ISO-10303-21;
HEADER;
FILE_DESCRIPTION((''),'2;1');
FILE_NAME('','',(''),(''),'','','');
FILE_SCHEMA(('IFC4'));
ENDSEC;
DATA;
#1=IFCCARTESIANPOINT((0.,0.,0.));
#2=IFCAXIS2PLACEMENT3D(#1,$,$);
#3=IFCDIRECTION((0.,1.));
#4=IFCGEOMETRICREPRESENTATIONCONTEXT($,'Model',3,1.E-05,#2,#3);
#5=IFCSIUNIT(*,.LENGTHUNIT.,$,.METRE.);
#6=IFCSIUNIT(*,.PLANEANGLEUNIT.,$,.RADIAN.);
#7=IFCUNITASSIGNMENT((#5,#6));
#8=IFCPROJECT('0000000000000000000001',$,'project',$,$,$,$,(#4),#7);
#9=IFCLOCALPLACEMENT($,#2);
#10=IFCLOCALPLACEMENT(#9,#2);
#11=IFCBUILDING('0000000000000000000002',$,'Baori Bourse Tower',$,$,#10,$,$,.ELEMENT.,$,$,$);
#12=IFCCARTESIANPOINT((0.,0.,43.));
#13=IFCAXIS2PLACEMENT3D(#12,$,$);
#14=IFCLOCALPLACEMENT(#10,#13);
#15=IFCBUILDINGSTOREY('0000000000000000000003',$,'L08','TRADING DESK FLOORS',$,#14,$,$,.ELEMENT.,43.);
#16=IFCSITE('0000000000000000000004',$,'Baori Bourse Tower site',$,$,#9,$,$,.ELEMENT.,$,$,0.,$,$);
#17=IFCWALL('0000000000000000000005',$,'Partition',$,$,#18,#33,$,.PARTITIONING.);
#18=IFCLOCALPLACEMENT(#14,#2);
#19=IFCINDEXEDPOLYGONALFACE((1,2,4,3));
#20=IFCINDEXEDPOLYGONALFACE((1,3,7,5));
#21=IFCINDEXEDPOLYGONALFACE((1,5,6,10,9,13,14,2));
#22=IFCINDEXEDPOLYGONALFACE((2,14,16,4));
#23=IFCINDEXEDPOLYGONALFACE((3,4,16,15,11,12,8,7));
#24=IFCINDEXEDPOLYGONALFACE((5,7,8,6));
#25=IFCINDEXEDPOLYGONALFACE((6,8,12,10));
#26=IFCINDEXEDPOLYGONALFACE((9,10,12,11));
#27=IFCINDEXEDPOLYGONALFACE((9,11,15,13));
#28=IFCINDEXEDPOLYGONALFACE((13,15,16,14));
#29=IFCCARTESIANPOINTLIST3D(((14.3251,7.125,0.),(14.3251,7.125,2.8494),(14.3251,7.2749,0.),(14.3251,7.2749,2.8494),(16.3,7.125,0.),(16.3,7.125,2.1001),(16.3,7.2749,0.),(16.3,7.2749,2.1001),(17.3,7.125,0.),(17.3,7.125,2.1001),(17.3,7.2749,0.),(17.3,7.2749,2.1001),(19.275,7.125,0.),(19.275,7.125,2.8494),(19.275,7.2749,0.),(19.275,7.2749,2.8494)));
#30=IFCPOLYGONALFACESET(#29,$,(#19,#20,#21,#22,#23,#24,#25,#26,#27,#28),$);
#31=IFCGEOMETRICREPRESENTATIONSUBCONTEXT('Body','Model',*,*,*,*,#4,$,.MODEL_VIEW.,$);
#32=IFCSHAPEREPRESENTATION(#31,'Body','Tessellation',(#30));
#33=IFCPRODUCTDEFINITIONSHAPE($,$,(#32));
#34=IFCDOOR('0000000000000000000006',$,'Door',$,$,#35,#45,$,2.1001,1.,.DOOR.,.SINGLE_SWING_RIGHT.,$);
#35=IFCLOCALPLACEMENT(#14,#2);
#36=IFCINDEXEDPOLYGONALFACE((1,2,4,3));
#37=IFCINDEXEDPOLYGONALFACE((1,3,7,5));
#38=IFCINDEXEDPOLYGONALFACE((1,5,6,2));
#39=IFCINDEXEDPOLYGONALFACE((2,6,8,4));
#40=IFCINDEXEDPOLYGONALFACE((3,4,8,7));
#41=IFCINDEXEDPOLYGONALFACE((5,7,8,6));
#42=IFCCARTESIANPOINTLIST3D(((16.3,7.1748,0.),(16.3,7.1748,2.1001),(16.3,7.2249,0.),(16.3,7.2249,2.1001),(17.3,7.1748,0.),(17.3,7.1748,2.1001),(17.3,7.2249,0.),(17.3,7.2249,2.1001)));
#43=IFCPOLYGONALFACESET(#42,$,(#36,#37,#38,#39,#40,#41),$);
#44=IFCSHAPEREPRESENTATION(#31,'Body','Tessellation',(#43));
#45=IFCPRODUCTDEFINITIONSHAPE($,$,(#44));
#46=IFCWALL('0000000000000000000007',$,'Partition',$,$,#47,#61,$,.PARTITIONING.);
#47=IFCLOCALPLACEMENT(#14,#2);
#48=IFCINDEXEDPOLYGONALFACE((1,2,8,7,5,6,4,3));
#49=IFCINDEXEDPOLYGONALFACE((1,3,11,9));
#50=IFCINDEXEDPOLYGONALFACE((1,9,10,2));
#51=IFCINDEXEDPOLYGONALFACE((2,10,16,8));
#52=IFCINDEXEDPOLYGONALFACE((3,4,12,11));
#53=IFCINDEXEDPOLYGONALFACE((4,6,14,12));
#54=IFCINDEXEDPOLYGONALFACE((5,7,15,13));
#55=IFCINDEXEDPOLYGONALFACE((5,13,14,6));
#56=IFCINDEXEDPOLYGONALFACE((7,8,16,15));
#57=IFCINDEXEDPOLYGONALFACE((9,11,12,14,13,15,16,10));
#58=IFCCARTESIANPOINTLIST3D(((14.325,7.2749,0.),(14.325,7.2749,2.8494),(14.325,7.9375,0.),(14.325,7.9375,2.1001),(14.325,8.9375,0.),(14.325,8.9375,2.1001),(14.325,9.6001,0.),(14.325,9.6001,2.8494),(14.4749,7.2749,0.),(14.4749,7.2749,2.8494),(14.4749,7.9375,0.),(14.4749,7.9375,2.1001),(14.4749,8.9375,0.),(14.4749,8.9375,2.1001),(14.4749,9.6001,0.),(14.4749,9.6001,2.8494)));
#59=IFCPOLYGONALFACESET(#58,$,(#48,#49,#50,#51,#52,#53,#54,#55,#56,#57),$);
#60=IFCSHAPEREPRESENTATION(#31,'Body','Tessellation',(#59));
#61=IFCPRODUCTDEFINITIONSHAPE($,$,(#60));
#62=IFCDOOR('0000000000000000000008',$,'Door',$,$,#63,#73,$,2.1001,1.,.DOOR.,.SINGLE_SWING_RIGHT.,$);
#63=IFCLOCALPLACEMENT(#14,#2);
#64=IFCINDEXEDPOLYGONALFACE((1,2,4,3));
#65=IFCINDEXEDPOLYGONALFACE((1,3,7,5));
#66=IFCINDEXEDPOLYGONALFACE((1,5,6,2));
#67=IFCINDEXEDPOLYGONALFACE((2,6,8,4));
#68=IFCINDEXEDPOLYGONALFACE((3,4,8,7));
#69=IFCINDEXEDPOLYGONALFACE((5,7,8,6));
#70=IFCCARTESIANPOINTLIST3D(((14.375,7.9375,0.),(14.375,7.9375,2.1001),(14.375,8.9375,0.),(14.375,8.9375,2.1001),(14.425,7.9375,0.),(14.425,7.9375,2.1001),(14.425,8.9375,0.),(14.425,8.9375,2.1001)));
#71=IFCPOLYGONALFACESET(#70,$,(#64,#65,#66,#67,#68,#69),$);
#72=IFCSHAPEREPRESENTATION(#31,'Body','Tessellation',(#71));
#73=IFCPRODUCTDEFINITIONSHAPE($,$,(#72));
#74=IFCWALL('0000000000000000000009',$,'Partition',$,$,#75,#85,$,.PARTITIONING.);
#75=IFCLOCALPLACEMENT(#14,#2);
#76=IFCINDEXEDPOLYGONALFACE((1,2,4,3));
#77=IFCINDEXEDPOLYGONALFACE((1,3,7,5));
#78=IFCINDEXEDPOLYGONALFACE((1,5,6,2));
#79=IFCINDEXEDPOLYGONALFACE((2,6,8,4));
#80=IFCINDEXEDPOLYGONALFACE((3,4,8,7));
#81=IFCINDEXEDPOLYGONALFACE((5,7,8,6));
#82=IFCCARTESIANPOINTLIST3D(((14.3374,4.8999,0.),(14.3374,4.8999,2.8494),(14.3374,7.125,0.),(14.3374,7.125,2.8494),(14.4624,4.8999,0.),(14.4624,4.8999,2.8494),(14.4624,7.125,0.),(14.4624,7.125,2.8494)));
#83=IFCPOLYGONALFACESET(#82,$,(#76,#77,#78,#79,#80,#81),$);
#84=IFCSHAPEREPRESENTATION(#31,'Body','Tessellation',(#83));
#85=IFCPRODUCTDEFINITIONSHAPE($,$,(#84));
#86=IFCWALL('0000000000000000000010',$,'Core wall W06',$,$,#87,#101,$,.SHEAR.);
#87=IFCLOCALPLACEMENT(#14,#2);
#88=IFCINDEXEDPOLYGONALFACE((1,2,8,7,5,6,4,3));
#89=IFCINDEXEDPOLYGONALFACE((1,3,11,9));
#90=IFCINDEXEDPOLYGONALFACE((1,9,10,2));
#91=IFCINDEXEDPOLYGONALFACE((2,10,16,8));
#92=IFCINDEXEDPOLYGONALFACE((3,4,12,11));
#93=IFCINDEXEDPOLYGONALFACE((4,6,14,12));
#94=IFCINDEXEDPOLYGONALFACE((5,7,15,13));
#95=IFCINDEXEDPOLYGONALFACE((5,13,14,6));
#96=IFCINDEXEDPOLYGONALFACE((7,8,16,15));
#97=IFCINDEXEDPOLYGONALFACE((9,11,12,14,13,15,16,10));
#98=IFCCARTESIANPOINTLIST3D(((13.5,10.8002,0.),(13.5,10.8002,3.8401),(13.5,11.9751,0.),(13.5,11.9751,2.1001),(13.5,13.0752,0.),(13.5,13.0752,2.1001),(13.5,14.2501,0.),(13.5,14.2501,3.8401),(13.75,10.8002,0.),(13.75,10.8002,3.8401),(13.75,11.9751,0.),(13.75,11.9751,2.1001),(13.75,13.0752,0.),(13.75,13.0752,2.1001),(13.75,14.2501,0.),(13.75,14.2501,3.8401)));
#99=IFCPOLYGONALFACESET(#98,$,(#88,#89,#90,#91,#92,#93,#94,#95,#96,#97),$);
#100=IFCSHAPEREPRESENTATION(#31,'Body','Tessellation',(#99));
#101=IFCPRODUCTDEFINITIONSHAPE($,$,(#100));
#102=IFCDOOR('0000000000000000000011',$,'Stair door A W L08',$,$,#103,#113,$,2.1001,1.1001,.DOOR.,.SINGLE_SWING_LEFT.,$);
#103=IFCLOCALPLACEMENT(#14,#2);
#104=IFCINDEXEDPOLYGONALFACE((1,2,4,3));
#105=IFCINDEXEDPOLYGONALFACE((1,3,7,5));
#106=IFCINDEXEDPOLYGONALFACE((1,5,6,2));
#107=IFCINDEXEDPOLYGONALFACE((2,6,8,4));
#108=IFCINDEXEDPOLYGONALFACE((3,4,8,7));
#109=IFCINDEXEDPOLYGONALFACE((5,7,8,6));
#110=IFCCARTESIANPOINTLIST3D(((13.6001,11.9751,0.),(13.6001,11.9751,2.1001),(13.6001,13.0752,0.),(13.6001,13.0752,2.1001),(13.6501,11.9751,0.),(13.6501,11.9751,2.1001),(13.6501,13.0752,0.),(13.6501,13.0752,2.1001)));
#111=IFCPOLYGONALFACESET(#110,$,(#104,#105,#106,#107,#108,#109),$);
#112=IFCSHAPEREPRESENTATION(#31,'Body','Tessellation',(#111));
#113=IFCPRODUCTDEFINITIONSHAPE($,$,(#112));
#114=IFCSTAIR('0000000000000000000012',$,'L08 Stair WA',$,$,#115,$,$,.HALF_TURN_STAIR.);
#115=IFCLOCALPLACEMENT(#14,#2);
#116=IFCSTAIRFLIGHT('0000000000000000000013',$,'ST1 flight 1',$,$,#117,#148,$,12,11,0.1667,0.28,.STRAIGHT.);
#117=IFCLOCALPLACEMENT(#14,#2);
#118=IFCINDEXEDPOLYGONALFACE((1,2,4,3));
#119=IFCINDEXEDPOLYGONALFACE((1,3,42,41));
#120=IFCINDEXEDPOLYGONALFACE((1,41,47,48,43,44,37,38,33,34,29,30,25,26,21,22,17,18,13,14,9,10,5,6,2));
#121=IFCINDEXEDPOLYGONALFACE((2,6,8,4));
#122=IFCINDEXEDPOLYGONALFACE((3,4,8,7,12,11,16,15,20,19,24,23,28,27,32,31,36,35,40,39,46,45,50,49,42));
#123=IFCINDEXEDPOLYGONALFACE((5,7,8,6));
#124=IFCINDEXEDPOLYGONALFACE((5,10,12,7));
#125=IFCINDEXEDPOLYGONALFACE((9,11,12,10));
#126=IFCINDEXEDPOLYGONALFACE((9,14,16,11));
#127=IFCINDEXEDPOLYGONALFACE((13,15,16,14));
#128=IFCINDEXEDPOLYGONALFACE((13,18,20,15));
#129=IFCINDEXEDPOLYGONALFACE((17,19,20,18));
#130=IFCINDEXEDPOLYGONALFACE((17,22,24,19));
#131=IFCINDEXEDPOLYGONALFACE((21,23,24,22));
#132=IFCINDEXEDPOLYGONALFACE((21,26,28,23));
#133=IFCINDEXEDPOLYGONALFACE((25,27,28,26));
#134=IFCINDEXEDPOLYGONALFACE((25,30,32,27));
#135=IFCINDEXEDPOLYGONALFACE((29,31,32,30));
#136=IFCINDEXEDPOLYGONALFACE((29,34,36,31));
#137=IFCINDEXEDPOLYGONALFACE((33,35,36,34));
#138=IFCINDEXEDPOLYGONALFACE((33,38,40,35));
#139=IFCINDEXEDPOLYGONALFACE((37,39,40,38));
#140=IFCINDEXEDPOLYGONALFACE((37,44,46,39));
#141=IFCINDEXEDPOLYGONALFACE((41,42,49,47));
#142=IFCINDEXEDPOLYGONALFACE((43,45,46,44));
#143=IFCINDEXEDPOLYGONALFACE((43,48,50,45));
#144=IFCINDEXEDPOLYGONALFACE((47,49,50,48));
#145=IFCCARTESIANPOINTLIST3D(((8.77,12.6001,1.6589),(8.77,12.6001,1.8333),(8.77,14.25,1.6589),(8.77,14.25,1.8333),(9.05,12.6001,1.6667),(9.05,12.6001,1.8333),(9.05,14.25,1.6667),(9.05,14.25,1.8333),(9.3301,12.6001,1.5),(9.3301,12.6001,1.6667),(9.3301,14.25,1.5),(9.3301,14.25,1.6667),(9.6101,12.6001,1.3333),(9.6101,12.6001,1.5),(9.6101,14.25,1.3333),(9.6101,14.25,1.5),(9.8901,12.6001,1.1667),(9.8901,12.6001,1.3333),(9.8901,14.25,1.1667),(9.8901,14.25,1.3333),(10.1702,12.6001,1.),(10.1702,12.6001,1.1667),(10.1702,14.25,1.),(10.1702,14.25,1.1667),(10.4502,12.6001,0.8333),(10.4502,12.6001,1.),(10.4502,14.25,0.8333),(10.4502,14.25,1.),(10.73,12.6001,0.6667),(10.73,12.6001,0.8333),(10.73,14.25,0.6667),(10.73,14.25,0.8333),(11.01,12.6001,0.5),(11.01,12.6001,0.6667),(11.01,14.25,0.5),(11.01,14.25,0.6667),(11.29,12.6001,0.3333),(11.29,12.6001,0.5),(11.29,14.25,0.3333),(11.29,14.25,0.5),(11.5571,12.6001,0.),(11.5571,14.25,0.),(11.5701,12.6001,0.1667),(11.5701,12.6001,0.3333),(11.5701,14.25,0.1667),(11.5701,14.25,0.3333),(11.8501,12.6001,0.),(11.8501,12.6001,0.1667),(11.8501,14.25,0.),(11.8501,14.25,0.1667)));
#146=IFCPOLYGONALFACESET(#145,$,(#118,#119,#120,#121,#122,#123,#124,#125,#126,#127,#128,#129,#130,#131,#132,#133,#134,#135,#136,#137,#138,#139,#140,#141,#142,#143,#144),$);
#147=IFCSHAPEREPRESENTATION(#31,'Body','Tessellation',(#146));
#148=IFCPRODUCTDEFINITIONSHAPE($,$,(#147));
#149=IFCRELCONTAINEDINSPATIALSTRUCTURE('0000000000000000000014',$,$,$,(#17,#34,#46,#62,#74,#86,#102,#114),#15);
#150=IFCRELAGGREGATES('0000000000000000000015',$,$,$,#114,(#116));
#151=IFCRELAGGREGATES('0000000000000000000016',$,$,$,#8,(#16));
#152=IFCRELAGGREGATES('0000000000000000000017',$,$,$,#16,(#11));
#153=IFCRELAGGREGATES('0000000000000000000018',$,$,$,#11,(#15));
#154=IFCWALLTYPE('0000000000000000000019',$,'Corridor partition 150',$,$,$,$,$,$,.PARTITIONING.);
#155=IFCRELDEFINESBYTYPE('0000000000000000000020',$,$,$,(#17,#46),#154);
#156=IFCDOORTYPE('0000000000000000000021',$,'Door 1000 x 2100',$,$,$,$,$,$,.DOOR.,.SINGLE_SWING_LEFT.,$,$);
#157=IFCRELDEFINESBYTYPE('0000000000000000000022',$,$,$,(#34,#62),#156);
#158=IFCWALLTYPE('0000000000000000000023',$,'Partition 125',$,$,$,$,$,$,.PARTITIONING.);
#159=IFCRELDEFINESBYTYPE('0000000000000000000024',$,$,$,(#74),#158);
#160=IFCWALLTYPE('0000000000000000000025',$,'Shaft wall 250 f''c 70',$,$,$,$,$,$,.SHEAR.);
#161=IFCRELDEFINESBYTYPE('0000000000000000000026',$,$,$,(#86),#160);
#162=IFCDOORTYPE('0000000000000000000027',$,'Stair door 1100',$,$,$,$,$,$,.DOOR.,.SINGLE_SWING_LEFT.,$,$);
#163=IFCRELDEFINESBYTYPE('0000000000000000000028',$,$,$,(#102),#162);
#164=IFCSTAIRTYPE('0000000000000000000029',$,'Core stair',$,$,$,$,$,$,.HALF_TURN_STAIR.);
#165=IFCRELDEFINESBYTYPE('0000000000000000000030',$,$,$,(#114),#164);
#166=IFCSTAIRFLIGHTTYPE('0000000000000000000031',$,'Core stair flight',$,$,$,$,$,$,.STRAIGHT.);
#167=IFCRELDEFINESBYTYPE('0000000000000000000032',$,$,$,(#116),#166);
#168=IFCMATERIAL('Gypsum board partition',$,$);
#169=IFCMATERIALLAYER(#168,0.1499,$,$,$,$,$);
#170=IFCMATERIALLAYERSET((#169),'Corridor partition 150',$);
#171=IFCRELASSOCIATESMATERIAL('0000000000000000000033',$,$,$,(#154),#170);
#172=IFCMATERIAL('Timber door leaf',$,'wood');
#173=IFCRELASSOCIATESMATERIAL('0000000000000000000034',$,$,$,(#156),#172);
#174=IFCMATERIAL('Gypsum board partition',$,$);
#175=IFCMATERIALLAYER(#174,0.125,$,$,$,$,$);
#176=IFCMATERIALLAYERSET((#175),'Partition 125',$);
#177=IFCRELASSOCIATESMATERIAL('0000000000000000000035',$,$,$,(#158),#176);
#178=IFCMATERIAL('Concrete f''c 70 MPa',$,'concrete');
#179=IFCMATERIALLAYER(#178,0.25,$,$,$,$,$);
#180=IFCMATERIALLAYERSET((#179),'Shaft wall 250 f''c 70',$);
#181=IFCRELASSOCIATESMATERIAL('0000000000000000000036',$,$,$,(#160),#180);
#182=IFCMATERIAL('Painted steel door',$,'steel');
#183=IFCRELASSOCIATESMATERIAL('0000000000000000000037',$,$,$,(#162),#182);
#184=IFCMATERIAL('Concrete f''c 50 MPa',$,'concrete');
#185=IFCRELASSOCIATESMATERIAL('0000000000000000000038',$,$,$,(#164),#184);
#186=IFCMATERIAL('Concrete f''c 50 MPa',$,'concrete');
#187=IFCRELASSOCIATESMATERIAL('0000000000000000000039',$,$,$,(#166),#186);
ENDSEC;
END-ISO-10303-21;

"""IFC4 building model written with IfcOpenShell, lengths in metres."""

from ifc_helpers import new_model, si_unit, direction, frame, frame_2d, origin, place, context, subcontext, project, spatial, polyline, rectangle, outline, extrude, material, layer, layer_set, type_object, element, fill, aggregate, save


model = new_model("IFC4")

# Units and contexts
model_context = context("Model", 3, precision=1e-05, world=origin(), true_north=direction((0.0, 1.0)))
body_context = subcontext(model_context, "Body", "Model", "MODEL_VIEW")
ifc_project = project(units=[si_unit("LENGTHUNIT", "METRE"), si_unit("PLANEANGLEUNIT", "RADIAN")], contexts=[model_context])

# Site, building, storey
site_placement = place(None, origin())
site = spatial("IfcSite", under=ifc_project, at=site_placement, Name="Baori Bourse Tower site", CompositionType="ELEMENT", RefElevation=0.0)
building_placement = place(site_placement, origin())
building = spatial("IfcBuilding", under=site, at=building_placement, Name="Baori Bourse Tower", CompositionType="ELEMENT")
storey_placement = place(building_placement, frame((0.0, 0.0, 43.0)))
storey = spatial("IfcBuildingStorey", under=building, at=storey_placement, Name="L08", Description="TRADING DESK FLOORS", CompositionType="ELEMENT", Elevation=43.0)

# Walls, openings, doors
ifc_material_1 = material(Name="Gypsum board partition")
ifc_layer_1 = layer(ifc_material_1, 0.1499)
ifc_layer_set_1 = layer_set([ifc_layer_1], Name="Corridor partition 150")
wall_type_1 = type_object("IfcWallType", Name="Corridor partition 150", PredefinedType="PARTITIONING", material=ifc_layer_set_1)
wall_1_placement = place(storey_placement, frame((14.325, 7.2, 0.0), z_axis=(0.0, 0.0, 1.0), x_axis=(1.0, 0.0, 0.0)))
wall_1 = element("IfcWall", 1, at=wall_1_placement, inside=storey, type_object=wall_type_1, Name="Partition", PredefinedType="PARTITIONING", context=body_context, shape_type="SweptSolid", body=[
    extrude(rectangle(XDim=4.95, YDim=0.1499, at=frame_2d((2.4751, 0.0))), origin(), (0.0, 0.0, 1.0), 2.8494),
])
opening_1_placement = place(wall_1_placement, frame((1.9751, 0.0, 0.0)))
opening_1 = element("IfcOpeningElement", 2, at=opening_1_placement, cuts=wall_1, PredefinedType="OPENING", context=body_context, shape_type="SweptSolid", body=[
    extrude(rectangle(XDim=1.0, YDim=2.1001, at=frame_2d((0.5, 1.05))), frame((0.0, 0.085, 0.0), z_axis=(0.0, -1.0, 0.0), x_axis=(1.0, 0.0, 0.0)), (0.0, 0.0, 1.0), 0.1699),
])
ifc_material_2 = material(Name="Timber door leaf", Category="wood")
door_type_1 = type_object("IfcDoorType", Name="Door 1000 x 2100", OperationType="SINGLE_SWING_LEFT", PredefinedType="DOOR", material=ifc_material_2)
door_1_placement = place(opening_1_placement, origin())
door_1 = element("IfcDoor", 3, at=door_1_placement, inside=storey, type_object=door_type_1, Name="Door", OperationType="SINGLE_SWING_RIGHT", OverallHeight=2.1001, OverallWidth=1.0, PredefinedType="DOOR", context=body_context, shape_type="SweptSolid", body=[
    extrude(rectangle(XDim=1.0, YDim=2.1001, at=frame_2d((0.5, 1.05))), frame((0.0, 0.0249, 0.0), z_axis=(0.0, -1.0, 0.0), x_axis=(1.0, 0.0, 0.0)), (0.0, 0.0, 1.0), 0.05),
])
fill(opening_1, door_1)
wall_2_placement = place(storey_placement, frame((14.3999, 7.2749, 0.0), z_axis=(0.0, 0.0, 1.0), x_axis=(0.0, 1.0, 0.0)))
wall_2 = element("IfcWall", 4, at=wall_2_placement, inside=storey, type_object=wall_type_1, Name="Partition", PredefinedType="PARTITIONING", context=body_context, shape_type="SweptSolid", body=[
    extrude(rectangle(XDim=2.3252, YDim=0.1499, at=frame_2d((1.1626, 0.0))), origin(), (0.0, 0.0, 1.0), 2.8494),
])
opening_2_placement = place(wall_2_placement, frame((0.6626, 0.0, 0.0)))
opening_2 = element("IfcOpeningElement", 5, at=opening_2_placement, cuts=wall_2, PredefinedType="OPENING", context=body_context, shape_type="SweptSolid", body=[
    extrude(rectangle(XDim=1.0, YDim=2.1001, at=frame_2d((0.5, 1.05))), frame((0.0, 0.085, 0.0), z_axis=(0.0, -1.0, 0.0), x_axis=(1.0, 0.0, 0.0)), (0.0, 0.0, 1.0), 0.1699),
])
door_2_placement = place(opening_2_placement, origin())
door_2 = element("IfcDoor", 6, at=door_2_placement, inside=storey, type_object=door_type_1, Name="Door", OperationType="SINGLE_SWING_RIGHT", OverallHeight=2.1001, OverallWidth=1.0, PredefinedType="DOOR", context=body_context, shape_type="SweptSolid", body=[
    extrude(rectangle(XDim=1.0, YDim=2.1001, at=frame_2d((0.5, 1.05))), frame((0.0, 0.0249, 0.0), z_axis=(0.0, -1.0, 0.0), x_axis=(1.0, 0.0, 0.0)), (0.0, 0.0, 1.0), 0.05),
])
fill(opening_2, door_2)

# Wall
ifc_material_3 = material(Name="Gypsum board partition")
ifc_layer_2 = layer(ifc_material_3, 0.125)
ifc_layer_set_2 = layer_set([ifc_layer_2], Name="Partition 125")
wall_type_2 = type_object("IfcWallType", Name="Partition 125", PredefinedType="PARTITIONING", material=ifc_layer_set_2)
wall_3_placement = place(storey_placement, frame((14.3999, 4.8999, 0.0), z_axis=(0.0, 0.0, 1.0), x_axis=(0.0, 1.0, 0.0)))
element("IfcWall", 7, at=wall_3_placement, inside=storey, type_object=wall_type_2, Name="Partition", PredefinedType="PARTITIONING", context=body_context, shape_type="SweptSolid", body=[
    extrude(rectangle(XDim=2.2251, YDim=0.125, at=frame_2d((1.1125, 0.0))), origin(), (0.0, 0.0, 1.0), 2.8494),
])

# Wall, opening, door
ifc_material_4 = material(Name="Concrete f'c 70 MPa", Category="concrete")
ifc_layer_3 = layer(ifc_material_4, 0.25)
ifc_layer_set_3 = layer_set([ifc_layer_3], Name="Shaft wall 250 f'c 70")
wall_type_3 = type_object("IfcWallType", Name="Shaft wall 250 f'c 70", PredefinedType="SHEAR", material=ifc_layer_set_3)
wall_4_placement = place(storey_placement, frame((13.625, 10.8, 0.0), z_axis=(0.0, 0.0, 1.0), x_axis=(0.0, 1.0, 0.0)))
wall_4 = element("IfcWall", 8, at=wall_4_placement, inside=storey, type_object=wall_type_3, Name="Core wall W06", PredefinedType="SHEAR", context=body_context, shape_type="SweptSolid", body=[
    extrude(rectangle(XDim=3.45, YDim=0.25, at=frame_2d((1.7251, 0.0))), origin(), (0.0, 0.0, 1.0), 3.8401),
])
opening_3_placement = place(wall_4_placement, frame((1.175, 0.0, 0.0)))
opening_3 = element("IfcOpeningElement", 9, at=opening_3_placement, cuts=wall_4, PredefinedType="OPENING", context=body_context, shape_type="SweptSolid", body=[
    extrude(rectangle(XDim=1.1001, YDim=2.1001, at=frame_2d((0.55, 1.05))), frame((0.0, 0.135, 0.0), z_axis=(0.0, -1.0, 0.0), x_axis=(1.0, 0.0, 0.0)), (0.0, 0.0, 1.0), 0.27),
])
ifc_material_5 = material(Name="Painted steel door", Category="steel")
door_type_2 = type_object("IfcDoorType", Name="Stair door 1100", OperationType="SINGLE_SWING_LEFT", PredefinedType="DOOR", material=ifc_material_5)
door_3_placement = place(opening_3_placement, origin())
door_3 = element("IfcDoor", 10, at=door_3_placement, inside=storey, type_object=door_type_2, Name="Stair door A W L08", OperationType="SINGLE_SWING_LEFT", OverallHeight=2.1001, OverallWidth=1.1001, PredefinedType="DOOR", context=body_context, shape_type="SweptSolid", body=[
    extrude(rectangle(XDim=1.1001, YDim=2.1001, at=frame_2d((0.55, 1.05))), frame((0.0, 0.0249, 0.0), z_axis=(0.0, -1.0, 0.0), x_axis=(1.0, 0.0, 0.0)), (0.0, 0.0, 1.0), 0.05),
])
fill(opening_3, door_3)

# Stair, stair flight
ifc_material_6 = material(Name="Concrete f'c 50 MPa", Category="concrete")
stair_type = type_object("IfcStairType", Name="Core stair", PredefinedType="HALF_TURN_STAIR", material=ifc_material_6)
stair_placement = place(storey_placement, origin())
stair = element("IfcStair", 11, at=stair_placement, inside=storey, type_object=stair_type, Name="L08 Stair WA", PredefinedType="HALF_TURN_STAIR")
ifc_material_7 = material(Name="Concrete f'c 50 MPa", Category="concrete")
stair_flight_type = type_object("IfcStairFlightType", Name="Core stair flight", PredefinedType="STRAIGHT", material=ifc_material_7)
stair_flight_1_placement = place(storey_placement, frame((11.8501, 13.425, 0.0), z_axis=(0.0, 0.0, 1.0), x_axis=(-1.0, 0.0, 0.0)))
stair_flight_1 = element("IfcStairFlight", 12, at=stair_flight_1_placement, type_object=stair_flight_type, Name="ST1 flight 1", NumberOfRisers=12, NumberOfTreads=11, PredefinedType="STRAIGHT", RiserHeight=0.1667, TreadLength=0.28, context=body_context, shape_type="SweptSolid", body=[
    extrude(outline(polyline([(0.0, 0.0), (0.0, 0.1667), (0.28, 0.1667), (0.28, 0.3333), (0.5601, 0.3333), (0.5601, 0.5), (0.8401, 0.5), (0.8401, 0.6667), (1.1201, 0.6667), (1.1201, 0.8333), (1.3999, 0.8333), (1.3999, 1.0), (1.6799, 1.0), (1.6799, 1.1667), (1.96, 1.1667), (1.96, 1.3333), (2.24, 1.3333), (2.24, 1.5), (2.52, 1.5), (2.52, 1.6667), (2.8, 1.6667), (2.8, 1.8333), (3.0801, 1.8333), (3.0801, 2.0), (3.0801, 1.6589), (0.293, 0.0), (0.0, 0.0)])), frame((0.0, 0.825, 0.0), z_axis=(0.0, -1.0, 0.0), x_axis=(1.0, 0.0, 0.0)), (0.0, 0.0, 1.0), 1.6499),
])
aggregate(stair, [stair_flight_1])

save(model, "model.ifc")
